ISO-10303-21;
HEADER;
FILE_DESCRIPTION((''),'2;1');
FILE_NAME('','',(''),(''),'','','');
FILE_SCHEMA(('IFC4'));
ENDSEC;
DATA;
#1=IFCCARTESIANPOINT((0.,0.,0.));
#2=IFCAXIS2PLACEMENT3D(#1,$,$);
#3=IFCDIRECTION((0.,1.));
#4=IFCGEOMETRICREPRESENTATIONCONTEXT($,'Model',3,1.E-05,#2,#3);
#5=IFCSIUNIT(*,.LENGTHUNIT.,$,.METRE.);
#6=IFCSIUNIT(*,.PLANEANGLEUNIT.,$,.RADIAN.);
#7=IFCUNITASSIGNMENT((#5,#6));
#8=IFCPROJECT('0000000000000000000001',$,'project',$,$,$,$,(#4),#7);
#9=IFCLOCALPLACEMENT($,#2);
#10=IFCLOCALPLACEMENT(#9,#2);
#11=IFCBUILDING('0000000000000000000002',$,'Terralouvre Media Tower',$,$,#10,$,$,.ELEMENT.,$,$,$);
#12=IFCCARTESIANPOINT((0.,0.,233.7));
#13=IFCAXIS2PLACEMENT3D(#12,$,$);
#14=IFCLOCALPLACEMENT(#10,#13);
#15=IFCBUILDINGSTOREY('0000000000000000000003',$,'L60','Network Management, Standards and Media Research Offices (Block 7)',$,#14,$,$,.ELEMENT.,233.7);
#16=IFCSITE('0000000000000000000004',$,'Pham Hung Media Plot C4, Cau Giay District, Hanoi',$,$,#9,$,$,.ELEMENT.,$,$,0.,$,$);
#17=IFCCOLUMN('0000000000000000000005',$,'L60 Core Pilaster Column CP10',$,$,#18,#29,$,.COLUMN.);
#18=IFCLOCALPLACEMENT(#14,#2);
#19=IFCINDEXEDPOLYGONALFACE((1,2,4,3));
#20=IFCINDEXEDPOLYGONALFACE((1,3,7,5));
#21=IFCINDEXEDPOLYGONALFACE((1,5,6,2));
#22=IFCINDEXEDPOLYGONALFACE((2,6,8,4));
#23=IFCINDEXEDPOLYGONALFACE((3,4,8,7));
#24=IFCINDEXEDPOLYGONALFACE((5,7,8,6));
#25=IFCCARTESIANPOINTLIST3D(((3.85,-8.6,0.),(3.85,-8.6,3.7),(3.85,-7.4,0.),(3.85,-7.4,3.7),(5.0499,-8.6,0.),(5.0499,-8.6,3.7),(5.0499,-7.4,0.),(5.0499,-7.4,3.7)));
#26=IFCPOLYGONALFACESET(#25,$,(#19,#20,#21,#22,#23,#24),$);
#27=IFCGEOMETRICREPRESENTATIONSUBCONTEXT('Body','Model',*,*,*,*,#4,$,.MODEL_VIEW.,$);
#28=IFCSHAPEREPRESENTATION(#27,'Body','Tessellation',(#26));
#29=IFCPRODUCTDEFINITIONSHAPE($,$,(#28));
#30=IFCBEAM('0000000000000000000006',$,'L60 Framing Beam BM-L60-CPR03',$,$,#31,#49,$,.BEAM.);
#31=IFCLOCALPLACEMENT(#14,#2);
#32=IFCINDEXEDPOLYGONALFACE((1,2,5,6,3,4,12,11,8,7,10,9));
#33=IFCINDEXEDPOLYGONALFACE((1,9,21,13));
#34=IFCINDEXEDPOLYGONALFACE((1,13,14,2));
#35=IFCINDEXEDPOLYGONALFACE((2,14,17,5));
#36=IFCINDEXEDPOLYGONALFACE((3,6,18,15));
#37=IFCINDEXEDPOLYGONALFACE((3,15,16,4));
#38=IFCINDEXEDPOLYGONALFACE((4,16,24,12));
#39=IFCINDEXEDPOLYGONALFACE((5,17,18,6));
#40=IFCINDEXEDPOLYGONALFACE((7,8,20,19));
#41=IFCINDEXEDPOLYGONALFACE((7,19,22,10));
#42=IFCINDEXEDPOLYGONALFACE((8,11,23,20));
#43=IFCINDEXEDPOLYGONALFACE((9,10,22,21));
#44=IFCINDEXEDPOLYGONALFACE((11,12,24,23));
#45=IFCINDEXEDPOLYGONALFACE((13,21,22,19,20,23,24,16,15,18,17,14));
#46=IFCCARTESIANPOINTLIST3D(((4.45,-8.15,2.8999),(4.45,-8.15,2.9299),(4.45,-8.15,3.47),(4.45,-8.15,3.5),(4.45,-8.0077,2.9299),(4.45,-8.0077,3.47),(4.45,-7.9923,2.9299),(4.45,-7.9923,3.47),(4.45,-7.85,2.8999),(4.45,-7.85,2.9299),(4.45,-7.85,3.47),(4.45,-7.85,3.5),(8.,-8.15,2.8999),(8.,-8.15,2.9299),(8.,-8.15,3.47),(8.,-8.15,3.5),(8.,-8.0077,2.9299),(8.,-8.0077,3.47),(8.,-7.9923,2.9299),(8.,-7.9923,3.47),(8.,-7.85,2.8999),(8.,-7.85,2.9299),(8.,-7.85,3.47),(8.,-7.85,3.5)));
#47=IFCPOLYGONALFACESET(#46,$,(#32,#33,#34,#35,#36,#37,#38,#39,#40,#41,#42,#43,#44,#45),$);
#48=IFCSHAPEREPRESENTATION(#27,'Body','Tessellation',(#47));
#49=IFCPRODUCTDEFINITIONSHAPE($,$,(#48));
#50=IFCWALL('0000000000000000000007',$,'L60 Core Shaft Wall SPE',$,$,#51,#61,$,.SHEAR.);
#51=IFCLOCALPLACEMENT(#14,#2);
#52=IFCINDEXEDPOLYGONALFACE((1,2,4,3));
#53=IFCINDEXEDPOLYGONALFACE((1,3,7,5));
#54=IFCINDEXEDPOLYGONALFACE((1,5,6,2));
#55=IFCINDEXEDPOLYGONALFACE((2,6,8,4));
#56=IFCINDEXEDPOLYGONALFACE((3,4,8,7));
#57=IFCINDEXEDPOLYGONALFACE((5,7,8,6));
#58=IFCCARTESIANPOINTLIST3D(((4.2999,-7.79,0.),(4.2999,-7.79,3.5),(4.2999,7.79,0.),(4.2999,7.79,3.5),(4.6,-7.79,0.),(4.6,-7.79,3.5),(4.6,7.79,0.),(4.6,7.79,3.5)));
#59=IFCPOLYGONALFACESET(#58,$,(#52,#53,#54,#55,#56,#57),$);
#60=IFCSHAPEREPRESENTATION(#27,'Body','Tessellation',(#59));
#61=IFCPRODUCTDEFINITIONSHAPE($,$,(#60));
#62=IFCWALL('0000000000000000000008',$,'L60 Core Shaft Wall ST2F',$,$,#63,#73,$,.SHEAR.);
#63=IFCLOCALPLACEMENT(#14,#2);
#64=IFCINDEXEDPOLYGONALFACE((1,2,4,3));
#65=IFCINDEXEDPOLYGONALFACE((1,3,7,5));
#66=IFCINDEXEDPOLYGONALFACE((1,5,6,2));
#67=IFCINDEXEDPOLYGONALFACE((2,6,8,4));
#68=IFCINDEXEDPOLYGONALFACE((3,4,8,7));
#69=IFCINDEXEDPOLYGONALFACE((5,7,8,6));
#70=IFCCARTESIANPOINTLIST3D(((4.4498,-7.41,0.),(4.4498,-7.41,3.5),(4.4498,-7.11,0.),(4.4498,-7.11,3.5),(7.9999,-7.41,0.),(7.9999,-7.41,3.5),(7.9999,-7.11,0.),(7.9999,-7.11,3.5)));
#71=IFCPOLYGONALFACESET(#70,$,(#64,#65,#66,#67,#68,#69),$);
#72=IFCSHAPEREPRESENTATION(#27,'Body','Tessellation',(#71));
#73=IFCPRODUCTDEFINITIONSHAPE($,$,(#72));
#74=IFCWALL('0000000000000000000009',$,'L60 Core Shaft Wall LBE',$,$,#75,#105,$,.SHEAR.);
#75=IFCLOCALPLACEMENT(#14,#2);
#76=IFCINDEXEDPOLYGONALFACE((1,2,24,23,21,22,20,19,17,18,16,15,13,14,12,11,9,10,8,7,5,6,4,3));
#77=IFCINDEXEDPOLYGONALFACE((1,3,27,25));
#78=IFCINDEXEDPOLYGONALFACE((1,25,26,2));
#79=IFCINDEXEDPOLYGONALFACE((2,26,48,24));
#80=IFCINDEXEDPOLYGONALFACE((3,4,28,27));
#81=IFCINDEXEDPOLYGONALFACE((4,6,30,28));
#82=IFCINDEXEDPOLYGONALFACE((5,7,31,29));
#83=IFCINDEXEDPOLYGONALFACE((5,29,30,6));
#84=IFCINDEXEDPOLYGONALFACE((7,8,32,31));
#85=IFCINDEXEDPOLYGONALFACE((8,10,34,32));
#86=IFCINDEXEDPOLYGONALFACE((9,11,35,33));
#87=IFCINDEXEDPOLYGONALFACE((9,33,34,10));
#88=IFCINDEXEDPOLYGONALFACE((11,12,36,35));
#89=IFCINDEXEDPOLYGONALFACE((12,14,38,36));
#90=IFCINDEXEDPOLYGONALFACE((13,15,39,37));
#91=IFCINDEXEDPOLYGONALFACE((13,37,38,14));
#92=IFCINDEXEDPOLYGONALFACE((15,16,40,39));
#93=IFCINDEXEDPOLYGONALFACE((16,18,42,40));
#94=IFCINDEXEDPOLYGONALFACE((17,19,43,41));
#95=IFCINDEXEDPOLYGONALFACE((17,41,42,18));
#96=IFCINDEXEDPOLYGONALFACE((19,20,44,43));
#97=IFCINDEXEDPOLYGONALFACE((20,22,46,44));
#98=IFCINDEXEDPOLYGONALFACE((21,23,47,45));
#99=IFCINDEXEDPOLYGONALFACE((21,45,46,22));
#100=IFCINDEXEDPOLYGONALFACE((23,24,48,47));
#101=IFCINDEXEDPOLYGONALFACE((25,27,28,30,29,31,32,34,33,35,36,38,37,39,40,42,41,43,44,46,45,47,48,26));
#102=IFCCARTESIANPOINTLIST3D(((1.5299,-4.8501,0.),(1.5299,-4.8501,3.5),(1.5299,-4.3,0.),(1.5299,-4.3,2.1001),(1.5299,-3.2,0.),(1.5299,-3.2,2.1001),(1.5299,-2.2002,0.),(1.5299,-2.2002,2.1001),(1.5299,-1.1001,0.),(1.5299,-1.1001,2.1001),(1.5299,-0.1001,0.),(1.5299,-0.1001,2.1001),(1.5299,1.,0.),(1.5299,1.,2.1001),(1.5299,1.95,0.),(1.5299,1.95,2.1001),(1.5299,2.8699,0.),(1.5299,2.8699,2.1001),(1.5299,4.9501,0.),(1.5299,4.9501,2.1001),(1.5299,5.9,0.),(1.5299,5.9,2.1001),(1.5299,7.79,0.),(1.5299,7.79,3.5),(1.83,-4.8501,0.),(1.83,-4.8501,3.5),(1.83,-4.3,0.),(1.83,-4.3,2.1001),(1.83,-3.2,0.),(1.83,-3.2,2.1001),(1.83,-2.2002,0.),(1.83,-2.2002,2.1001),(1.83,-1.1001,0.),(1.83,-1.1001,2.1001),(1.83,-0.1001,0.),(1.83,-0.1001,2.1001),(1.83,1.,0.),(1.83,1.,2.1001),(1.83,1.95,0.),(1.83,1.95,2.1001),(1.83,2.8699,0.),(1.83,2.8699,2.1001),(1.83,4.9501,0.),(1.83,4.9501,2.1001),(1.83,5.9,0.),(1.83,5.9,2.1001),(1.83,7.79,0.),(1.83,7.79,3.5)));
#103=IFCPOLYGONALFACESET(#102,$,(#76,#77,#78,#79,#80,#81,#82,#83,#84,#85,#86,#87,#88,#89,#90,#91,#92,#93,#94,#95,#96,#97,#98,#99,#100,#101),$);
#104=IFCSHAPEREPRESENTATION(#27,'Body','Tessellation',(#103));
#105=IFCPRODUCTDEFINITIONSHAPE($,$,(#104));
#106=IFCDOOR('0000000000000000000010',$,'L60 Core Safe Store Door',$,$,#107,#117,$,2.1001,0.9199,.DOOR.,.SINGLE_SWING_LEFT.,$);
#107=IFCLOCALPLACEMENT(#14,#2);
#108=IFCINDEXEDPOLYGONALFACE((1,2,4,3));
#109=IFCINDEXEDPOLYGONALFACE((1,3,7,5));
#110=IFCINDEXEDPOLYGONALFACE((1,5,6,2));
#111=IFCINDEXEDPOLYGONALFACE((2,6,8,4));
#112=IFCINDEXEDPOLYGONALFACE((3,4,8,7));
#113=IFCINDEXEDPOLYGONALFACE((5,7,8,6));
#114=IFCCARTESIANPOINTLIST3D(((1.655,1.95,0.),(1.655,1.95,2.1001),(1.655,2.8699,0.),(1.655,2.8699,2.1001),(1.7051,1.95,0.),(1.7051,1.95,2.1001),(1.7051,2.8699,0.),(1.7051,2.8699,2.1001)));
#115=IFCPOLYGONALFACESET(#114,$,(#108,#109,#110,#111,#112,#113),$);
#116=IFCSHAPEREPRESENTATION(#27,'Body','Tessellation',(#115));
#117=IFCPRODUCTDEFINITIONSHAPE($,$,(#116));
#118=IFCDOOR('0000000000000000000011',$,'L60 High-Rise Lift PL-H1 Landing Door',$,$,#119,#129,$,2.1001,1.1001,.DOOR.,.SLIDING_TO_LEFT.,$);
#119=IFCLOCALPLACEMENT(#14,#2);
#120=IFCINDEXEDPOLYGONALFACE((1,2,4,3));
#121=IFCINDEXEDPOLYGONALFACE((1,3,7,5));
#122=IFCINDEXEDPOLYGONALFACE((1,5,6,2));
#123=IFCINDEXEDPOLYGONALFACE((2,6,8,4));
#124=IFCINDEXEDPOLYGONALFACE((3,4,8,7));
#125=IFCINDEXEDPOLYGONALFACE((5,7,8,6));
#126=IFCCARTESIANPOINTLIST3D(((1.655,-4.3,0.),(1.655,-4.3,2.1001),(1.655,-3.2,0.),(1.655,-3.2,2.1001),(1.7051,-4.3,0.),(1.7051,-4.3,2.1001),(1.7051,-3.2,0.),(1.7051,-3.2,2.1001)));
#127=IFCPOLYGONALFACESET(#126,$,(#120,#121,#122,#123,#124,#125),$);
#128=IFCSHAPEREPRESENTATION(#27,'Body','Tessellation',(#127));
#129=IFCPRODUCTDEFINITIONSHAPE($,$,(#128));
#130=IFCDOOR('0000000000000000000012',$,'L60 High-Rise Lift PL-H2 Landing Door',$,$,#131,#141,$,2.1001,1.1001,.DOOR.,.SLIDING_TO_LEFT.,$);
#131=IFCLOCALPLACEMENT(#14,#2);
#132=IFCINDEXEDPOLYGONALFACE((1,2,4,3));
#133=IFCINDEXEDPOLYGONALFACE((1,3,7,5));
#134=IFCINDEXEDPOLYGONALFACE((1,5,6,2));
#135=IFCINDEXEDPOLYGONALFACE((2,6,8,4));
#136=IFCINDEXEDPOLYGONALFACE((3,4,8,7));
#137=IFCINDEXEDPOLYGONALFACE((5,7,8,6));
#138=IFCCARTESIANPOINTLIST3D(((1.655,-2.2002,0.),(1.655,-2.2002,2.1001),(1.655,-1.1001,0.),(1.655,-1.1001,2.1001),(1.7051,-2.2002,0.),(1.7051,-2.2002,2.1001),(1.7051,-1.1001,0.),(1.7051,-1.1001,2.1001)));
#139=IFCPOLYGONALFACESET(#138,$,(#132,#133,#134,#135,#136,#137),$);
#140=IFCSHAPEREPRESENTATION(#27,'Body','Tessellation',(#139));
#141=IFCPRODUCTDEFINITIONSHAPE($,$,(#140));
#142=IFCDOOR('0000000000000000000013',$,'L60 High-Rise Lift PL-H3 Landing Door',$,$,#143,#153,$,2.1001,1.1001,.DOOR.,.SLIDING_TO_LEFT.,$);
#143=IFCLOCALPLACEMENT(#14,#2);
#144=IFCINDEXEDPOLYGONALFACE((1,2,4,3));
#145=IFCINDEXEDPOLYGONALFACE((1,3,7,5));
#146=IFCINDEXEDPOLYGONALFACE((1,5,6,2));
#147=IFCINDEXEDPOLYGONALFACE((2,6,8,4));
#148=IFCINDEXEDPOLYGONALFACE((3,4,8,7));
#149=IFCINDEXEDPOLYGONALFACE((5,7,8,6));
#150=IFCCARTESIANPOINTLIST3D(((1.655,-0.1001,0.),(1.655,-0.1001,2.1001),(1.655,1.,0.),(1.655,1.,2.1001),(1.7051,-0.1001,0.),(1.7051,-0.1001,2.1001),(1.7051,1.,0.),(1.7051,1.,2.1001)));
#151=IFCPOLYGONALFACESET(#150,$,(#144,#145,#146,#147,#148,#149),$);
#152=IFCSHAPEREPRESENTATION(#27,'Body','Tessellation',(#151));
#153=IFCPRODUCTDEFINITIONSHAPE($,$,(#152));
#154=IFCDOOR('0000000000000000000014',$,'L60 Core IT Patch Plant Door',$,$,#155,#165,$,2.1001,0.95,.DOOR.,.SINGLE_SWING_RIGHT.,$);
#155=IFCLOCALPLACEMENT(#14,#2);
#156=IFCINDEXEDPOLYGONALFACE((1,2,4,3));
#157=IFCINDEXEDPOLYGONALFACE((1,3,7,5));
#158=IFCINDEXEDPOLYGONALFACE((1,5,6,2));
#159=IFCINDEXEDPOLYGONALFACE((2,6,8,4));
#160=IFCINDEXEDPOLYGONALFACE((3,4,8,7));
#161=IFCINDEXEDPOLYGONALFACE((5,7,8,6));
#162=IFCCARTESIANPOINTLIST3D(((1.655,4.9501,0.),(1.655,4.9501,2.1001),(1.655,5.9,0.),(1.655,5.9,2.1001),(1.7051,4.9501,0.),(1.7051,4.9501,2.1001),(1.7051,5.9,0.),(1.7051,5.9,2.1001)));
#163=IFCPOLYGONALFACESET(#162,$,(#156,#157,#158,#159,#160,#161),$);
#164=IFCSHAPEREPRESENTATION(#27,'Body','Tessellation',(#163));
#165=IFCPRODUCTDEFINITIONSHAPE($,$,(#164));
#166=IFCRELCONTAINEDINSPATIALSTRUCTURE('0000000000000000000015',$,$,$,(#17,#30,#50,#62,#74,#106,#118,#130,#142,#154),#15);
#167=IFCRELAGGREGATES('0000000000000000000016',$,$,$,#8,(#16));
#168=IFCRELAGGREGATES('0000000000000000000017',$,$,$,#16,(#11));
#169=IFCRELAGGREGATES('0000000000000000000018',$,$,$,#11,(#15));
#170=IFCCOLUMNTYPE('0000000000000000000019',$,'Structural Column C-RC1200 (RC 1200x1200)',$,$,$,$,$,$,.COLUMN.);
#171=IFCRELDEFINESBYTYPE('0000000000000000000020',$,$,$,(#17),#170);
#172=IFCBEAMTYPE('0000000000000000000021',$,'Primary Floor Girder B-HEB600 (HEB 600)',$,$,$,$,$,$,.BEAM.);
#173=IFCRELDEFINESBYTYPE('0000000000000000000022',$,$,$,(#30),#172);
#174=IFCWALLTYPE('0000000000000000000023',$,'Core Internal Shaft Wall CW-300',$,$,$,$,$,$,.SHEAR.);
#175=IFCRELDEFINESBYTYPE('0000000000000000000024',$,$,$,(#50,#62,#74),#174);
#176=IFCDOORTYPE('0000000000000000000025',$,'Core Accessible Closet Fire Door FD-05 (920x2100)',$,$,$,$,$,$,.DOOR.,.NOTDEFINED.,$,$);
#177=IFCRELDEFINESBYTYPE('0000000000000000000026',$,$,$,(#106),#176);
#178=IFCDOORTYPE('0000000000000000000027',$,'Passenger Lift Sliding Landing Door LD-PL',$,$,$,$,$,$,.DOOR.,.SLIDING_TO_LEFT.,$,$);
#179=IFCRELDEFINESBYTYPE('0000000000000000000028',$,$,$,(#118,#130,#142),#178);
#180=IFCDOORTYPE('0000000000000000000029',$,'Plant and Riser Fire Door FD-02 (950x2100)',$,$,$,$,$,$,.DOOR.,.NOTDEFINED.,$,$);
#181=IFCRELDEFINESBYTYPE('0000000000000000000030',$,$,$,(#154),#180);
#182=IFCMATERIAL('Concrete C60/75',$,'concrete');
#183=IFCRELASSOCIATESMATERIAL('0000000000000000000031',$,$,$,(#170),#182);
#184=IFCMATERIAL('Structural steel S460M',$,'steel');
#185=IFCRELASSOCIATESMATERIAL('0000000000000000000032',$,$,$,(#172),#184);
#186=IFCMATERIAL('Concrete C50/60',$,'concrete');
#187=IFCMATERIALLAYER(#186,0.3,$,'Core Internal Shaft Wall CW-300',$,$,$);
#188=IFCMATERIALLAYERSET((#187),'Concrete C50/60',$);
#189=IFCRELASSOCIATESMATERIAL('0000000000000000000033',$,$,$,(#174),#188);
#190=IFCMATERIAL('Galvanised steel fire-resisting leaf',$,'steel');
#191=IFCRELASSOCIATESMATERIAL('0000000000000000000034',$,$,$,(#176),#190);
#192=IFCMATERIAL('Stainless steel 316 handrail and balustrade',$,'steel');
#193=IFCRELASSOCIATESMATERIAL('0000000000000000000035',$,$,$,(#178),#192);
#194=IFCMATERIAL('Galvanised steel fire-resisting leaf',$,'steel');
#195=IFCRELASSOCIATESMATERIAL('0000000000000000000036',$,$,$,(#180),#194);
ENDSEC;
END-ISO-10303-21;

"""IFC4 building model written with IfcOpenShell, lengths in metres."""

from ifc_helpers import new_model, si_unit, direction, frame, frame_2d, origin, origin_2d, place, context, subcontext, project, spatial, rectangle, i_section, extrude, material, layer, layer_set, material_profile, profile_set, type_object, element, fill, save


model = new_model("IFC4")

# Units and contexts
model_context = context("Model", 3, precision=1e-05, world=origin(), true_north=direction((0.0, 1.0)))
body_context = subcontext(model_context, "Body", "Model", "MODEL_VIEW")
ifc_project = project(units=[si_unit("LENGTHUNIT", "METRE"), si_unit("PLANEANGLEUNIT", "RADIAN")], contexts=[model_context])

# Site, building, storey
site_placement = place(None, origin())
site = spatial("IfcSite", under=ifc_project, at=site_placement, Name="Pham Hung Media Plot C4, Cau Giay District, Hanoi", CompositionType="ELEMENT", RefElevation=0.0)
building_placement = place(site_placement, origin())
building = spatial("IfcBuilding", under=site, at=building_placement, Name="Terralouvre Media Tower", CompositionType="ELEMENT")
storey_placement = place(building_placement, frame((0.0, 0.0, 233.7)))
storey = spatial("IfcBuildingStorey", under=building, at=storey_placement, Name="L60", Description="Network Management, Standards and Media Research Offices (Block 7)", CompositionType="ELEMENT", Elevation=233.7)

# Column
ifc_material_1 = material(Name="Concrete C60/75", Category="concrete")
ifc_material_profile_1 = material_profile(ifc_material_1, rectangle(XDim=1.2, YDim=1.2, at=origin_2d()), Name="RC 1200x1200")
ifc_profile_set_1 = profile_set([ifc_material_profile_1], Name="Concrete C60/75")
column_type = type_object("IfcColumnType", Name="Structural Column C-RC1200 (RC 1200x1200)", PredefinedType="COLUMN", material=ifc_profile_set_1)
column_placement = place(storey_placement, frame((4.45, -8.0, 0.0), z_axis=(0.0, 0.0, 1.0), x_axis=(1.0, 0.0, 0.0)))
element("IfcColumn", 1, at=column_placement, inside=storey, type_object=column_type, Name="L60 Core Pilaster Column CP10", PredefinedType="COLUMN", context=body_context, shape_type="SweptSolid", body=[
    extrude(rectangle(XDim=1.2, YDim=1.2, at=origin_2d()), origin(), (0.0, 0.0, 1.0), 3.7),
])

# Beam
ifc_material_2 = material(Name="Structural steel S460M", Category="steel")
ifc_material_profile_2 = material_profile(ifc_material_2, i_section(OverallWidth=0.3, OverallDepth=0.6001, WebThickness=0.0154, FlangeThickness=0.03, at=origin_2d()), Name="HEB 600")
ifc_profile_set_2 = profile_set([ifc_material_profile_2], Name="Structural steel S460M")
beam_type = type_object("IfcBeamType", Name="Primary Floor Girder B-HEB600 (HEB 600)", PredefinedType="BEAM", material=ifc_profile_set_2)
beam_placement = place(storey_placement, frame((4.45, -8.0, 3.2), z_axis=(1.0, 0.0, 0.0), x_axis=(0.0, 1.0, 0.0)))
element("IfcBeam", 2, at=beam_placement, inside=storey, type_object=beam_type, Name="L60 Framing Beam BM-L60-CPR03", PredefinedType="BEAM", context=body_context, shape_type="SweptSolid", body=[
    extrude(i_section(OverallWidth=0.3, OverallDepth=0.6001, WebThickness=0.0154, FlangeThickness=0.03, at=origin_2d()), origin(), (0.0, 0.0, 1.0), 3.55),
])

# Wall
ifc_material_3 = material(Name="Concrete C50/60", Category="concrete")
ifc_layer_1 = layer(ifc_material_3, 0.3, Name="Core Internal Shaft Wall CW-300")
ifc_layer_set_1 = layer_set([ifc_layer_1], Name="Concrete C50/60")
wall_type_1 = type_object("IfcWallType", Name="Core Internal Shaft Wall CW-300", PredefinedType="SHEAR", material=ifc_layer_set_1)
wall_1_placement = place(storey_placement, frame((4.45, -7.79, 0.0), z_axis=(0.0, 0.0, 1.0), x_axis=(0.0, 1.0, 0.0)))
element("IfcWall", 3, at=wall_1_placement, inside=storey, type_object=wall_type_1, Name="L60 Core Shaft Wall SPE", PredefinedType="SHEAR", context=body_context, shape_type="SweptSolid", body=[
    extrude(rectangle(XDim=15.5801, YDim=0.3, at=frame_2d((7.79, 0.0))), origin(), (0.0, 0.0, 1.0), 3.5),
])

# Wall
wall_2_placement = place(storey_placement, frame((4.45, -7.26, 0.0), z_axis=(0.0, 0.0, 1.0), x_axis=(1.0, 0.0, 0.0)))
element("IfcWall", 4, at=wall_2_placement, inside=storey, type_object=wall_type_1, Name="L60 Core Shaft Wall ST2F", PredefinedType="SHEAR", context=body_context, shape_type="SweptSolid", body=[
    extrude(rectangle(XDim=3.55, YDim=0.3, at=frame_2d((1.7749, 0.0))), origin(), (0.0, 0.0, 1.0), 3.5),
])

# Wall, openings, doors
wall_3_placement = place(storey_placement, frame((1.6799, -4.8501, 0.0), z_axis=(0.0, 0.0, 1.0), x_axis=(0.0, 1.0, 0.0)))
wall_3 = element("IfcWall", 5, at=wall_3_placement, inside=storey, type_object=wall_type_1, Name="L60 Core Shaft Wall LBE", PredefinedType="SHEAR", context=body_context, shape_type="SweptSolid", body=[
    extrude(rectangle(XDim=12.6401, YDim=0.3, at=frame_2d((6.3201, 0.0))), origin(), (0.0, 0.0, 1.0), 3.5),
])
opening_1_placement = place(wall_3_placement, frame((0.55, 0.0, 0.0)))
opening_1 = element("IfcOpeningElement", 6, at=opening_1_placement, cuts=wall_3, PredefinedType="OPENING", context=body_context, shape_type="SweptSolid", body=[
    extrude(rectangle(XDim=1.1001, YDim=2.1001, at=frame_2d((0.55, 1.05))), frame((0.0, 0.1599, 0.0), z_axis=(0.0, -1.0, 0.0), x_axis=(1.0, 0.0, 0.0)), (0.0, 0.0, 1.0), 0.3201),
])
opening_2_placement = place(wall_3_placement, frame((2.6499, 0.0, 0.0)))
opening_2 = element("IfcOpeningElement", 7, at=opening_2_placement, cuts=wall_3, PredefinedType="OPENING", context=body_context, shape_type="SweptSolid", body=[
    extrude(rectangle(XDim=1.1001, YDim=2.1001, at=frame_2d((0.55, 1.05))), frame((0.0, 0.1599, 0.0), z_axis=(0.0, -1.0, 0.0), x_axis=(1.0, 0.0, 0.0)), (0.0, 0.0, 1.0), 0.3201),
])
opening_3_placement = place(wall_3_placement, frame((4.75, 0.0, 0.0)))
opening_3 = element("IfcOpeningElement", 8, at=opening_3_placement, cuts=wall_3, PredefinedType="OPENING", context=body_context, shape_type="SweptSolid", body=[
    extrude(rectangle(XDim=1.1001, YDim=2.1001, at=frame_2d((0.55, 1.05))), frame((0.0, 0.1599, 0.0), z_axis=(0.0, -1.0, 0.0), x_axis=(1.0, 0.0, 0.0)), (0.0, 0.0, 1.0), 0.3201),
])
opening_4_placement = place(wall_3_placement, frame((6.8, 0.0, 0.0)))
opening_4 = element("IfcOpeningElement", 9, at=opening_4_placement, cuts=wall_3, PredefinedType="OPENING", context=body_context, shape_type="SweptSolid", body=[
    extrude(rectangle(XDim=0.9199, YDim=2.1001, at=frame_2d((0.46, 1.05))), frame((0.0, 0.1599, 0.0), z_axis=(0.0, -1.0, 0.0), x_axis=(1.0, 0.0, 0.0)), (0.0, 0.0, 1.0), 0.3201),
])
opening_5_placement = place(wall_3_placement, frame((9.8, 0.0, 0.0)))
opening_5 = element("IfcOpeningElement", 10, at=opening_5_placement, cuts=wall_3, PredefinedType="OPENING", context=body_context, shape_type="SweptSolid", body=[
    extrude(rectangle(XDim=0.95, YDim=2.1001, at=frame_2d((0.4751, 1.05))), frame((0.0, 0.1599, 0.0), z_axis=(0.0, -1.0, 0.0), x_axis=(1.0, 0.0, 0.0)), (0.0, 0.0, 1.0), 0.3201),
])
ifc_material_4 = material(Name="Galvanised steel fire-resisting leaf", Category="steel")
door_type_1 = type_object("IfcDoorType", Name="Core Accessible Closet Fire Door FD-05 (920x2100)", OperationType="NOTDEFINED", PredefinedType="DOOR", material=ifc_material_4)
door_1_placement = place(opening_4_placement, origin())
door_1 = element("IfcDoor", 11, at=door_1_placement, inside=storey, type_object=door_type_1, Name="L60 Core Safe Store Door", OperationType="SINGLE_SWING_LEFT", OverallHeight=2.1001, OverallWidth=0.9199, PredefinedType="DOOR", context=body_context, shape_type="SweptSolid", body=[
    extrude(rectangle(XDim=0.9199, YDim=2.1001, at=frame_2d((0.46, 1.05))), frame((0.0, 0.0249, 0.0), z_axis=(0.0, -1.0, 0.0), x_axis=(1.0, 0.0, 0.0)), (0.0, 0.0, 1.0), 0.05),
])
fill(opening_4, door_1)
ifc_material_5 = material(Name="Stainless steel 316 handrail and balustrade", Category="steel")
door_type_2 = type_object("IfcDoorType", Name="Passenger Lift Sliding Landing Door LD-PL", OperationType="SLIDING_TO_LEFT", PredefinedType="DOOR", material=ifc_material_5)
door_2_placement = place(opening_1_placement, origin())
door_2 = element("IfcDoor", 12, at=door_2_placement, inside=storey, type_object=door_type_2, Name="L60 High-Rise Lift PL-H1 Landing Door", OperationType="SLIDING_TO_LEFT", OverallHeight=2.1001, OverallWidth=1.1001, PredefinedType="DOOR", context=body_context, shape_type="SweptSolid", body=[
    extrude(rectangle(XDim=1.1001, YDim=2.1001, at=frame_2d((0.55, 1.05))), frame((0.0, 0.0249, 0.0), z_axis=(0.0, -1.0, 0.0), x_axis=(1.0, 0.0, 0.0)), (0.0, 0.0, 1.0), 0.05),
])
fill(opening_1, door_2)
door_3_placement = place(opening_2_placement, origin())
door_3 = element("IfcDoor", 13, at=door_3_placement, inside=storey, type_object=door_type_2, Name="L60 High-Rise Lift PL-H2 Landing Door", OperationType="SLIDING_TO_LEFT", OverallHeight=2.1001, OverallWidth=1.1001, PredefinedType="DOOR", context=body_context, shape_type="SweptSolid", body=[
    extrude(rectangle(XDim=1.1001, YDim=2.1001, at=frame_2d((0.55, 1.05))), frame((0.0, 0.0249, 0.0), z_axis=(0.0, -1.0, 0.0), x_axis=(1.0, 0.0, 0.0)), (0.0, 0.0, 1.0), 0.05),
])
fill(opening_2, door_3)
door_4_placement = place(opening_3_placement, origin())
door_4 = element("IfcDoor", 14, at=door_4_placement, inside=storey, type_object=door_type_2, Name="L60 High-Rise Lift PL-H3 Landing Door", OperationType="SLIDING_TO_LEFT", OverallHeight=2.1001, OverallWidth=1.1001, PredefinedType="DOOR", context=body_context, shape_type="SweptSolid", body=[
    extrude(rectangle(XDim=1.1001, YDim=2.1001, at=frame_2d((0.55, 1.05))), frame((0.0, 0.0249, 0.0), z_axis=(0.0, -1.0, 0.0), x_axis=(1.0, 0.0, 0.0)), (0.0, 0.0, 1.0), 0.05),
])
fill(opening_3, door_4)
ifc_material_6 = material(Name="Galvanised steel fire-resisting leaf", Category="steel")
door_type_3 = type_object("IfcDoorType", Name="Plant and Riser Fire Door FD-02 (950x2100)", OperationType="NOTDEFINED", PredefinedType="DOOR", material=ifc_material_6)
door_5_placement = place(opening_5_placement, origin())
door_5 = element("IfcDoor", 15, at=door_5_placement, inside=storey, type_object=door_type_3, Name="L60 Core IT Patch Plant Door", OperationType="SINGLE_SWING_RIGHT", OverallHeight=2.1001, OverallWidth=0.95, PredefinedType="DOOR", context=body_context, shape_type="SweptSolid", body=[
    extrude(rectangle(XDim=0.95, YDim=2.1001, at=frame_2d((0.4751, 1.05))), frame((0.0, 0.0249, 0.0), z_axis=(0.0, -1.0, 0.0), x_axis=(1.0, 0.0, 0.0)), (0.0, 0.0, 1.0), 0.05),
])
fill(opening_5, door_5)

save(model, "model.ifc")
